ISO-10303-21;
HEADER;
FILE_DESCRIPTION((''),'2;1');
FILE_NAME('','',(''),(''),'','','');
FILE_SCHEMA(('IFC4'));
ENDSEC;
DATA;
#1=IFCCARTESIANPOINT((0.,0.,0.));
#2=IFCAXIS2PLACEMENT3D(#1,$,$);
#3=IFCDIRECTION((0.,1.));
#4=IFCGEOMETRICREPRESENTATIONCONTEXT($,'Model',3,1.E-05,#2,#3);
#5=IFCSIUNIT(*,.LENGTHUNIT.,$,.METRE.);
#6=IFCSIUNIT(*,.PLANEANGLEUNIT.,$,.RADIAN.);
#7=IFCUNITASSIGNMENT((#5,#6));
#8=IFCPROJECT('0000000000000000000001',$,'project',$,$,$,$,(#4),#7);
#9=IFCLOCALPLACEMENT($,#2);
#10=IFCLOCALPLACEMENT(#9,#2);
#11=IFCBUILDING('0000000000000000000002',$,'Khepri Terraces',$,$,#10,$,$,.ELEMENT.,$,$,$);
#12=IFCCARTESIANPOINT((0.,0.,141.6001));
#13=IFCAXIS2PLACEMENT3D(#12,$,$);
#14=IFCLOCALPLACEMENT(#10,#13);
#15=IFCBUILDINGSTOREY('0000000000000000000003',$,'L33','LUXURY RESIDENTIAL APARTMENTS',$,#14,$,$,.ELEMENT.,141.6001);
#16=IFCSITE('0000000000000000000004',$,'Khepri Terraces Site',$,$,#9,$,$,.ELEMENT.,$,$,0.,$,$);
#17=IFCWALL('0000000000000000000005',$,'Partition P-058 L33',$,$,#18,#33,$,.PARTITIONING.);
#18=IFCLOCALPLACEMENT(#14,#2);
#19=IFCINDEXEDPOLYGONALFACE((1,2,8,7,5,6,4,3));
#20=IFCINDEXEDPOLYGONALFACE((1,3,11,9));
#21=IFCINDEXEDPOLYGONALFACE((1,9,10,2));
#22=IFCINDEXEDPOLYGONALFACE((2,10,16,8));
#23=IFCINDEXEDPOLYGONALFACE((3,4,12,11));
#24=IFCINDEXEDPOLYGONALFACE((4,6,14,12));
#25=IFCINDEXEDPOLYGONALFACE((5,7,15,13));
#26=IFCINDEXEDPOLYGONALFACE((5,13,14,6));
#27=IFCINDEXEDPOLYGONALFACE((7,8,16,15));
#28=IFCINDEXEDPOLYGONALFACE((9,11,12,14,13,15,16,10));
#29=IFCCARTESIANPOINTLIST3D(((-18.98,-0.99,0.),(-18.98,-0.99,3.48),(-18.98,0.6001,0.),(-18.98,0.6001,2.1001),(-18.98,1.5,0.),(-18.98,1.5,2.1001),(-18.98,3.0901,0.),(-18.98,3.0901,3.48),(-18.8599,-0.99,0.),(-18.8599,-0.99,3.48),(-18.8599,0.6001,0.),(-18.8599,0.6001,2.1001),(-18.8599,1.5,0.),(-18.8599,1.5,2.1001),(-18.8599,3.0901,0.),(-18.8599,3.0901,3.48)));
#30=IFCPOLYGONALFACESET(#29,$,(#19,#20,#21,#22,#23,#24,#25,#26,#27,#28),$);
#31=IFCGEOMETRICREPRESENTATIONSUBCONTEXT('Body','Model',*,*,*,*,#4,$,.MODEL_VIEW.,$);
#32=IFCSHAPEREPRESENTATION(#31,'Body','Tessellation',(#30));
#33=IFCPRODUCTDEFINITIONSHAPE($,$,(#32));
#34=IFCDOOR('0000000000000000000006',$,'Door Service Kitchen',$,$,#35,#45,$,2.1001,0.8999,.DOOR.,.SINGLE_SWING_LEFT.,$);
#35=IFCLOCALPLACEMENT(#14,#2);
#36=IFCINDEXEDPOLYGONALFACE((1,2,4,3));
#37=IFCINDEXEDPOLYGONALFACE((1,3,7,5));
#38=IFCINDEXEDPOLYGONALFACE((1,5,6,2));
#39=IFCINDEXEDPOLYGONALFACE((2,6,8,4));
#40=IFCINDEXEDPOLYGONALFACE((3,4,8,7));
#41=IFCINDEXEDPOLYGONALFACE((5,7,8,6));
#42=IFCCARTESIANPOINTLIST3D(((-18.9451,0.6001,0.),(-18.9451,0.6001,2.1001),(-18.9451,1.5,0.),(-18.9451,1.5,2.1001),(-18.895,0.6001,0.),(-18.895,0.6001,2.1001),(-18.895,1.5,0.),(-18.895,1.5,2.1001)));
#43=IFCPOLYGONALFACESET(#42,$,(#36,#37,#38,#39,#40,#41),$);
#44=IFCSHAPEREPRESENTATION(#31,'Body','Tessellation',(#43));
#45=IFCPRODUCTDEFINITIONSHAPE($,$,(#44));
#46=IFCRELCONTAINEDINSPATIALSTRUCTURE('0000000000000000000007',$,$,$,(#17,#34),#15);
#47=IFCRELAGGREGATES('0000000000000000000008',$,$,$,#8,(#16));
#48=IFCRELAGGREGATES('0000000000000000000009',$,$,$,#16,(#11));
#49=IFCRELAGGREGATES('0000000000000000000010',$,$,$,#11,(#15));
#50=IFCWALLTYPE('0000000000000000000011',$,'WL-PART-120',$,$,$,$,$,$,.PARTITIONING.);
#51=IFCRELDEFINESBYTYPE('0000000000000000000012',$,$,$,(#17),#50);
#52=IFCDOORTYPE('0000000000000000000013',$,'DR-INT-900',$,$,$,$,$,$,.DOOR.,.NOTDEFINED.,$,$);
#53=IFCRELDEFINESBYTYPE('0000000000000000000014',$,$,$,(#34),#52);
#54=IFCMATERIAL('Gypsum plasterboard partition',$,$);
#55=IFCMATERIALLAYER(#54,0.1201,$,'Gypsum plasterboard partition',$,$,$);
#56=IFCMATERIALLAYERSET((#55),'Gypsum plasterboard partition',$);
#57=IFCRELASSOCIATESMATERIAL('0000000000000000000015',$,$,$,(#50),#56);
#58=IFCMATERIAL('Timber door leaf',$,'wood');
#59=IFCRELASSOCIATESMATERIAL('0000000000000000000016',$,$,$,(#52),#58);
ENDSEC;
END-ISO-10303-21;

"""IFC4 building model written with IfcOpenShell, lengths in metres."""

from ifc_helpers import new_model, si_unit, direction, frame, frame_2d, origin, place, context, subcontext, project, spatial, rectangle, extrude, material, layer, layer_set, type_object, element, fill, save


model = new_model("IFC4")

# Units and contexts
model_context = context("Model", 3, precision=1e-05, world=origin(), true_north=direction((0.0, 1.0)))
body_context = subcontext(model_context, "Body", "Model", "MODEL_VIEW")
ifc_project = project(units=[si_unit("LENGTHUNIT", "METRE"), si_unit("PLANEANGLEUNIT", "RADIAN")], contexts=[model_context])

# Site, building, storey
site_placement = place(None, origin())
site = spatial("IfcSite", under=ifc_project, at=site_placement, Name="Khepri Terraces Site", CompositionType="ELEMENT", RefElevation=0.0)
building_placement = place(site_placement, origin())
building = spatial("IfcBuilding", under=site, at=building_placement, Name="Khepri Terraces", CompositionType="ELEMENT")
storey_placement = place(building_placement, frame((0.0, 0.0, 141.6001)))
storey = spatial("IfcBuildingStorey", under=building, at=storey_placement, Name="L33", Description="LUXURY RESIDENTIAL APARTMENTS", CompositionType="ELEMENT", Elevation=141.6001)

# Wall, opening, door
ifc_material_1 = material(Name="Gypsum plasterboard partition")
ifc_layer_1 = layer(ifc_material_1, 0.1201, Name="Gypsum plasterboard partition")
ifc_layer_set_1 = layer_set([ifc_layer_1], Name="Gypsum plasterboard partition")
wall_type_1 = type_object("IfcWallType", Name="WL-PART-120", PredefinedType="PARTITIONING", material=ifc_layer_set_1)
wall_1_placement = place(storey_placement, frame((-18.9199, -0.99, 0.0), z_axis=(0.0, 0.0, 1.0), x_axis=(0.0, 1.0, 0.0)))
wall_1 = element("IfcWall", 1, at=wall_1_placement, inside=storey, type_object=wall_type_1, Name="Partition P-058 L33", PredefinedType="PARTITIONING", context=body_context, shape_type="SweptSolid", body=[
    extrude(rectangle(XDim=4.0801, YDim=0.1201, at=frame_2d((2.04, 0.0))), origin(), (0.0, 0.0, 1.0), 3.48),
])
opening_1_placement = place(wall_1_placement, frame((1.5901, 0.0, 0.0)))
opening_1 = element("IfcOpeningElement", 2, at=opening_1_placement, cuts=wall_1, PredefinedType="OPENING", context=body_context, shape_type="SweptSolid", body=[
    extrude(rectangle(XDim=0.8999, YDim=2.1001, at=frame_2d((0.45, 1.05))), frame((0.0, 0.0701, 0.0), z_axis=(0.0, -1.0, 0.0), x_axis=(1.0, 0.0, 0.0)), (0.0, 0.0, 1.0), 0.1401),
])
ifc_material_2 = material(Name="Timber door leaf", Category="wood")
door_type_1 = type_object("IfcDoorType", Name="DR-INT-900", OperationType="NOTDEFINED", PredefinedType="DOOR", material=ifc_material_2)
door_1_placement = place(opening_1_placement, frame((0.8999, 0.0, 0.0), z_axis=(0.0, 0.0, 1.0), x_axis=(-1.0, 0.0, 0.0)))
door_1 = element("IfcDoor", 3, at=door_1_placement, inside=storey, type_object=door_type_1, Name="Door Service Kitchen", OperationType="SINGLE_SWING_LEFT", OverallHeight=2.1001, OverallWidth=0.8999, PredefinedType="DOOR", context=body_context, shape_type="SweptSolid", body=[
    extrude(rectangle(XDim=0.8999, YDim=2.1001, at=frame_2d((0.45, 1.05))), frame((0.0, 0.0249, 0.0), z_axis=(0.0, -1.0, 0.0), x_axis=(1.0, 0.0, 0.0)), (0.0, 0.0, 1.0), 0.05),
])
fill(opening_1, door_1)

save(model, "model.ifc")
